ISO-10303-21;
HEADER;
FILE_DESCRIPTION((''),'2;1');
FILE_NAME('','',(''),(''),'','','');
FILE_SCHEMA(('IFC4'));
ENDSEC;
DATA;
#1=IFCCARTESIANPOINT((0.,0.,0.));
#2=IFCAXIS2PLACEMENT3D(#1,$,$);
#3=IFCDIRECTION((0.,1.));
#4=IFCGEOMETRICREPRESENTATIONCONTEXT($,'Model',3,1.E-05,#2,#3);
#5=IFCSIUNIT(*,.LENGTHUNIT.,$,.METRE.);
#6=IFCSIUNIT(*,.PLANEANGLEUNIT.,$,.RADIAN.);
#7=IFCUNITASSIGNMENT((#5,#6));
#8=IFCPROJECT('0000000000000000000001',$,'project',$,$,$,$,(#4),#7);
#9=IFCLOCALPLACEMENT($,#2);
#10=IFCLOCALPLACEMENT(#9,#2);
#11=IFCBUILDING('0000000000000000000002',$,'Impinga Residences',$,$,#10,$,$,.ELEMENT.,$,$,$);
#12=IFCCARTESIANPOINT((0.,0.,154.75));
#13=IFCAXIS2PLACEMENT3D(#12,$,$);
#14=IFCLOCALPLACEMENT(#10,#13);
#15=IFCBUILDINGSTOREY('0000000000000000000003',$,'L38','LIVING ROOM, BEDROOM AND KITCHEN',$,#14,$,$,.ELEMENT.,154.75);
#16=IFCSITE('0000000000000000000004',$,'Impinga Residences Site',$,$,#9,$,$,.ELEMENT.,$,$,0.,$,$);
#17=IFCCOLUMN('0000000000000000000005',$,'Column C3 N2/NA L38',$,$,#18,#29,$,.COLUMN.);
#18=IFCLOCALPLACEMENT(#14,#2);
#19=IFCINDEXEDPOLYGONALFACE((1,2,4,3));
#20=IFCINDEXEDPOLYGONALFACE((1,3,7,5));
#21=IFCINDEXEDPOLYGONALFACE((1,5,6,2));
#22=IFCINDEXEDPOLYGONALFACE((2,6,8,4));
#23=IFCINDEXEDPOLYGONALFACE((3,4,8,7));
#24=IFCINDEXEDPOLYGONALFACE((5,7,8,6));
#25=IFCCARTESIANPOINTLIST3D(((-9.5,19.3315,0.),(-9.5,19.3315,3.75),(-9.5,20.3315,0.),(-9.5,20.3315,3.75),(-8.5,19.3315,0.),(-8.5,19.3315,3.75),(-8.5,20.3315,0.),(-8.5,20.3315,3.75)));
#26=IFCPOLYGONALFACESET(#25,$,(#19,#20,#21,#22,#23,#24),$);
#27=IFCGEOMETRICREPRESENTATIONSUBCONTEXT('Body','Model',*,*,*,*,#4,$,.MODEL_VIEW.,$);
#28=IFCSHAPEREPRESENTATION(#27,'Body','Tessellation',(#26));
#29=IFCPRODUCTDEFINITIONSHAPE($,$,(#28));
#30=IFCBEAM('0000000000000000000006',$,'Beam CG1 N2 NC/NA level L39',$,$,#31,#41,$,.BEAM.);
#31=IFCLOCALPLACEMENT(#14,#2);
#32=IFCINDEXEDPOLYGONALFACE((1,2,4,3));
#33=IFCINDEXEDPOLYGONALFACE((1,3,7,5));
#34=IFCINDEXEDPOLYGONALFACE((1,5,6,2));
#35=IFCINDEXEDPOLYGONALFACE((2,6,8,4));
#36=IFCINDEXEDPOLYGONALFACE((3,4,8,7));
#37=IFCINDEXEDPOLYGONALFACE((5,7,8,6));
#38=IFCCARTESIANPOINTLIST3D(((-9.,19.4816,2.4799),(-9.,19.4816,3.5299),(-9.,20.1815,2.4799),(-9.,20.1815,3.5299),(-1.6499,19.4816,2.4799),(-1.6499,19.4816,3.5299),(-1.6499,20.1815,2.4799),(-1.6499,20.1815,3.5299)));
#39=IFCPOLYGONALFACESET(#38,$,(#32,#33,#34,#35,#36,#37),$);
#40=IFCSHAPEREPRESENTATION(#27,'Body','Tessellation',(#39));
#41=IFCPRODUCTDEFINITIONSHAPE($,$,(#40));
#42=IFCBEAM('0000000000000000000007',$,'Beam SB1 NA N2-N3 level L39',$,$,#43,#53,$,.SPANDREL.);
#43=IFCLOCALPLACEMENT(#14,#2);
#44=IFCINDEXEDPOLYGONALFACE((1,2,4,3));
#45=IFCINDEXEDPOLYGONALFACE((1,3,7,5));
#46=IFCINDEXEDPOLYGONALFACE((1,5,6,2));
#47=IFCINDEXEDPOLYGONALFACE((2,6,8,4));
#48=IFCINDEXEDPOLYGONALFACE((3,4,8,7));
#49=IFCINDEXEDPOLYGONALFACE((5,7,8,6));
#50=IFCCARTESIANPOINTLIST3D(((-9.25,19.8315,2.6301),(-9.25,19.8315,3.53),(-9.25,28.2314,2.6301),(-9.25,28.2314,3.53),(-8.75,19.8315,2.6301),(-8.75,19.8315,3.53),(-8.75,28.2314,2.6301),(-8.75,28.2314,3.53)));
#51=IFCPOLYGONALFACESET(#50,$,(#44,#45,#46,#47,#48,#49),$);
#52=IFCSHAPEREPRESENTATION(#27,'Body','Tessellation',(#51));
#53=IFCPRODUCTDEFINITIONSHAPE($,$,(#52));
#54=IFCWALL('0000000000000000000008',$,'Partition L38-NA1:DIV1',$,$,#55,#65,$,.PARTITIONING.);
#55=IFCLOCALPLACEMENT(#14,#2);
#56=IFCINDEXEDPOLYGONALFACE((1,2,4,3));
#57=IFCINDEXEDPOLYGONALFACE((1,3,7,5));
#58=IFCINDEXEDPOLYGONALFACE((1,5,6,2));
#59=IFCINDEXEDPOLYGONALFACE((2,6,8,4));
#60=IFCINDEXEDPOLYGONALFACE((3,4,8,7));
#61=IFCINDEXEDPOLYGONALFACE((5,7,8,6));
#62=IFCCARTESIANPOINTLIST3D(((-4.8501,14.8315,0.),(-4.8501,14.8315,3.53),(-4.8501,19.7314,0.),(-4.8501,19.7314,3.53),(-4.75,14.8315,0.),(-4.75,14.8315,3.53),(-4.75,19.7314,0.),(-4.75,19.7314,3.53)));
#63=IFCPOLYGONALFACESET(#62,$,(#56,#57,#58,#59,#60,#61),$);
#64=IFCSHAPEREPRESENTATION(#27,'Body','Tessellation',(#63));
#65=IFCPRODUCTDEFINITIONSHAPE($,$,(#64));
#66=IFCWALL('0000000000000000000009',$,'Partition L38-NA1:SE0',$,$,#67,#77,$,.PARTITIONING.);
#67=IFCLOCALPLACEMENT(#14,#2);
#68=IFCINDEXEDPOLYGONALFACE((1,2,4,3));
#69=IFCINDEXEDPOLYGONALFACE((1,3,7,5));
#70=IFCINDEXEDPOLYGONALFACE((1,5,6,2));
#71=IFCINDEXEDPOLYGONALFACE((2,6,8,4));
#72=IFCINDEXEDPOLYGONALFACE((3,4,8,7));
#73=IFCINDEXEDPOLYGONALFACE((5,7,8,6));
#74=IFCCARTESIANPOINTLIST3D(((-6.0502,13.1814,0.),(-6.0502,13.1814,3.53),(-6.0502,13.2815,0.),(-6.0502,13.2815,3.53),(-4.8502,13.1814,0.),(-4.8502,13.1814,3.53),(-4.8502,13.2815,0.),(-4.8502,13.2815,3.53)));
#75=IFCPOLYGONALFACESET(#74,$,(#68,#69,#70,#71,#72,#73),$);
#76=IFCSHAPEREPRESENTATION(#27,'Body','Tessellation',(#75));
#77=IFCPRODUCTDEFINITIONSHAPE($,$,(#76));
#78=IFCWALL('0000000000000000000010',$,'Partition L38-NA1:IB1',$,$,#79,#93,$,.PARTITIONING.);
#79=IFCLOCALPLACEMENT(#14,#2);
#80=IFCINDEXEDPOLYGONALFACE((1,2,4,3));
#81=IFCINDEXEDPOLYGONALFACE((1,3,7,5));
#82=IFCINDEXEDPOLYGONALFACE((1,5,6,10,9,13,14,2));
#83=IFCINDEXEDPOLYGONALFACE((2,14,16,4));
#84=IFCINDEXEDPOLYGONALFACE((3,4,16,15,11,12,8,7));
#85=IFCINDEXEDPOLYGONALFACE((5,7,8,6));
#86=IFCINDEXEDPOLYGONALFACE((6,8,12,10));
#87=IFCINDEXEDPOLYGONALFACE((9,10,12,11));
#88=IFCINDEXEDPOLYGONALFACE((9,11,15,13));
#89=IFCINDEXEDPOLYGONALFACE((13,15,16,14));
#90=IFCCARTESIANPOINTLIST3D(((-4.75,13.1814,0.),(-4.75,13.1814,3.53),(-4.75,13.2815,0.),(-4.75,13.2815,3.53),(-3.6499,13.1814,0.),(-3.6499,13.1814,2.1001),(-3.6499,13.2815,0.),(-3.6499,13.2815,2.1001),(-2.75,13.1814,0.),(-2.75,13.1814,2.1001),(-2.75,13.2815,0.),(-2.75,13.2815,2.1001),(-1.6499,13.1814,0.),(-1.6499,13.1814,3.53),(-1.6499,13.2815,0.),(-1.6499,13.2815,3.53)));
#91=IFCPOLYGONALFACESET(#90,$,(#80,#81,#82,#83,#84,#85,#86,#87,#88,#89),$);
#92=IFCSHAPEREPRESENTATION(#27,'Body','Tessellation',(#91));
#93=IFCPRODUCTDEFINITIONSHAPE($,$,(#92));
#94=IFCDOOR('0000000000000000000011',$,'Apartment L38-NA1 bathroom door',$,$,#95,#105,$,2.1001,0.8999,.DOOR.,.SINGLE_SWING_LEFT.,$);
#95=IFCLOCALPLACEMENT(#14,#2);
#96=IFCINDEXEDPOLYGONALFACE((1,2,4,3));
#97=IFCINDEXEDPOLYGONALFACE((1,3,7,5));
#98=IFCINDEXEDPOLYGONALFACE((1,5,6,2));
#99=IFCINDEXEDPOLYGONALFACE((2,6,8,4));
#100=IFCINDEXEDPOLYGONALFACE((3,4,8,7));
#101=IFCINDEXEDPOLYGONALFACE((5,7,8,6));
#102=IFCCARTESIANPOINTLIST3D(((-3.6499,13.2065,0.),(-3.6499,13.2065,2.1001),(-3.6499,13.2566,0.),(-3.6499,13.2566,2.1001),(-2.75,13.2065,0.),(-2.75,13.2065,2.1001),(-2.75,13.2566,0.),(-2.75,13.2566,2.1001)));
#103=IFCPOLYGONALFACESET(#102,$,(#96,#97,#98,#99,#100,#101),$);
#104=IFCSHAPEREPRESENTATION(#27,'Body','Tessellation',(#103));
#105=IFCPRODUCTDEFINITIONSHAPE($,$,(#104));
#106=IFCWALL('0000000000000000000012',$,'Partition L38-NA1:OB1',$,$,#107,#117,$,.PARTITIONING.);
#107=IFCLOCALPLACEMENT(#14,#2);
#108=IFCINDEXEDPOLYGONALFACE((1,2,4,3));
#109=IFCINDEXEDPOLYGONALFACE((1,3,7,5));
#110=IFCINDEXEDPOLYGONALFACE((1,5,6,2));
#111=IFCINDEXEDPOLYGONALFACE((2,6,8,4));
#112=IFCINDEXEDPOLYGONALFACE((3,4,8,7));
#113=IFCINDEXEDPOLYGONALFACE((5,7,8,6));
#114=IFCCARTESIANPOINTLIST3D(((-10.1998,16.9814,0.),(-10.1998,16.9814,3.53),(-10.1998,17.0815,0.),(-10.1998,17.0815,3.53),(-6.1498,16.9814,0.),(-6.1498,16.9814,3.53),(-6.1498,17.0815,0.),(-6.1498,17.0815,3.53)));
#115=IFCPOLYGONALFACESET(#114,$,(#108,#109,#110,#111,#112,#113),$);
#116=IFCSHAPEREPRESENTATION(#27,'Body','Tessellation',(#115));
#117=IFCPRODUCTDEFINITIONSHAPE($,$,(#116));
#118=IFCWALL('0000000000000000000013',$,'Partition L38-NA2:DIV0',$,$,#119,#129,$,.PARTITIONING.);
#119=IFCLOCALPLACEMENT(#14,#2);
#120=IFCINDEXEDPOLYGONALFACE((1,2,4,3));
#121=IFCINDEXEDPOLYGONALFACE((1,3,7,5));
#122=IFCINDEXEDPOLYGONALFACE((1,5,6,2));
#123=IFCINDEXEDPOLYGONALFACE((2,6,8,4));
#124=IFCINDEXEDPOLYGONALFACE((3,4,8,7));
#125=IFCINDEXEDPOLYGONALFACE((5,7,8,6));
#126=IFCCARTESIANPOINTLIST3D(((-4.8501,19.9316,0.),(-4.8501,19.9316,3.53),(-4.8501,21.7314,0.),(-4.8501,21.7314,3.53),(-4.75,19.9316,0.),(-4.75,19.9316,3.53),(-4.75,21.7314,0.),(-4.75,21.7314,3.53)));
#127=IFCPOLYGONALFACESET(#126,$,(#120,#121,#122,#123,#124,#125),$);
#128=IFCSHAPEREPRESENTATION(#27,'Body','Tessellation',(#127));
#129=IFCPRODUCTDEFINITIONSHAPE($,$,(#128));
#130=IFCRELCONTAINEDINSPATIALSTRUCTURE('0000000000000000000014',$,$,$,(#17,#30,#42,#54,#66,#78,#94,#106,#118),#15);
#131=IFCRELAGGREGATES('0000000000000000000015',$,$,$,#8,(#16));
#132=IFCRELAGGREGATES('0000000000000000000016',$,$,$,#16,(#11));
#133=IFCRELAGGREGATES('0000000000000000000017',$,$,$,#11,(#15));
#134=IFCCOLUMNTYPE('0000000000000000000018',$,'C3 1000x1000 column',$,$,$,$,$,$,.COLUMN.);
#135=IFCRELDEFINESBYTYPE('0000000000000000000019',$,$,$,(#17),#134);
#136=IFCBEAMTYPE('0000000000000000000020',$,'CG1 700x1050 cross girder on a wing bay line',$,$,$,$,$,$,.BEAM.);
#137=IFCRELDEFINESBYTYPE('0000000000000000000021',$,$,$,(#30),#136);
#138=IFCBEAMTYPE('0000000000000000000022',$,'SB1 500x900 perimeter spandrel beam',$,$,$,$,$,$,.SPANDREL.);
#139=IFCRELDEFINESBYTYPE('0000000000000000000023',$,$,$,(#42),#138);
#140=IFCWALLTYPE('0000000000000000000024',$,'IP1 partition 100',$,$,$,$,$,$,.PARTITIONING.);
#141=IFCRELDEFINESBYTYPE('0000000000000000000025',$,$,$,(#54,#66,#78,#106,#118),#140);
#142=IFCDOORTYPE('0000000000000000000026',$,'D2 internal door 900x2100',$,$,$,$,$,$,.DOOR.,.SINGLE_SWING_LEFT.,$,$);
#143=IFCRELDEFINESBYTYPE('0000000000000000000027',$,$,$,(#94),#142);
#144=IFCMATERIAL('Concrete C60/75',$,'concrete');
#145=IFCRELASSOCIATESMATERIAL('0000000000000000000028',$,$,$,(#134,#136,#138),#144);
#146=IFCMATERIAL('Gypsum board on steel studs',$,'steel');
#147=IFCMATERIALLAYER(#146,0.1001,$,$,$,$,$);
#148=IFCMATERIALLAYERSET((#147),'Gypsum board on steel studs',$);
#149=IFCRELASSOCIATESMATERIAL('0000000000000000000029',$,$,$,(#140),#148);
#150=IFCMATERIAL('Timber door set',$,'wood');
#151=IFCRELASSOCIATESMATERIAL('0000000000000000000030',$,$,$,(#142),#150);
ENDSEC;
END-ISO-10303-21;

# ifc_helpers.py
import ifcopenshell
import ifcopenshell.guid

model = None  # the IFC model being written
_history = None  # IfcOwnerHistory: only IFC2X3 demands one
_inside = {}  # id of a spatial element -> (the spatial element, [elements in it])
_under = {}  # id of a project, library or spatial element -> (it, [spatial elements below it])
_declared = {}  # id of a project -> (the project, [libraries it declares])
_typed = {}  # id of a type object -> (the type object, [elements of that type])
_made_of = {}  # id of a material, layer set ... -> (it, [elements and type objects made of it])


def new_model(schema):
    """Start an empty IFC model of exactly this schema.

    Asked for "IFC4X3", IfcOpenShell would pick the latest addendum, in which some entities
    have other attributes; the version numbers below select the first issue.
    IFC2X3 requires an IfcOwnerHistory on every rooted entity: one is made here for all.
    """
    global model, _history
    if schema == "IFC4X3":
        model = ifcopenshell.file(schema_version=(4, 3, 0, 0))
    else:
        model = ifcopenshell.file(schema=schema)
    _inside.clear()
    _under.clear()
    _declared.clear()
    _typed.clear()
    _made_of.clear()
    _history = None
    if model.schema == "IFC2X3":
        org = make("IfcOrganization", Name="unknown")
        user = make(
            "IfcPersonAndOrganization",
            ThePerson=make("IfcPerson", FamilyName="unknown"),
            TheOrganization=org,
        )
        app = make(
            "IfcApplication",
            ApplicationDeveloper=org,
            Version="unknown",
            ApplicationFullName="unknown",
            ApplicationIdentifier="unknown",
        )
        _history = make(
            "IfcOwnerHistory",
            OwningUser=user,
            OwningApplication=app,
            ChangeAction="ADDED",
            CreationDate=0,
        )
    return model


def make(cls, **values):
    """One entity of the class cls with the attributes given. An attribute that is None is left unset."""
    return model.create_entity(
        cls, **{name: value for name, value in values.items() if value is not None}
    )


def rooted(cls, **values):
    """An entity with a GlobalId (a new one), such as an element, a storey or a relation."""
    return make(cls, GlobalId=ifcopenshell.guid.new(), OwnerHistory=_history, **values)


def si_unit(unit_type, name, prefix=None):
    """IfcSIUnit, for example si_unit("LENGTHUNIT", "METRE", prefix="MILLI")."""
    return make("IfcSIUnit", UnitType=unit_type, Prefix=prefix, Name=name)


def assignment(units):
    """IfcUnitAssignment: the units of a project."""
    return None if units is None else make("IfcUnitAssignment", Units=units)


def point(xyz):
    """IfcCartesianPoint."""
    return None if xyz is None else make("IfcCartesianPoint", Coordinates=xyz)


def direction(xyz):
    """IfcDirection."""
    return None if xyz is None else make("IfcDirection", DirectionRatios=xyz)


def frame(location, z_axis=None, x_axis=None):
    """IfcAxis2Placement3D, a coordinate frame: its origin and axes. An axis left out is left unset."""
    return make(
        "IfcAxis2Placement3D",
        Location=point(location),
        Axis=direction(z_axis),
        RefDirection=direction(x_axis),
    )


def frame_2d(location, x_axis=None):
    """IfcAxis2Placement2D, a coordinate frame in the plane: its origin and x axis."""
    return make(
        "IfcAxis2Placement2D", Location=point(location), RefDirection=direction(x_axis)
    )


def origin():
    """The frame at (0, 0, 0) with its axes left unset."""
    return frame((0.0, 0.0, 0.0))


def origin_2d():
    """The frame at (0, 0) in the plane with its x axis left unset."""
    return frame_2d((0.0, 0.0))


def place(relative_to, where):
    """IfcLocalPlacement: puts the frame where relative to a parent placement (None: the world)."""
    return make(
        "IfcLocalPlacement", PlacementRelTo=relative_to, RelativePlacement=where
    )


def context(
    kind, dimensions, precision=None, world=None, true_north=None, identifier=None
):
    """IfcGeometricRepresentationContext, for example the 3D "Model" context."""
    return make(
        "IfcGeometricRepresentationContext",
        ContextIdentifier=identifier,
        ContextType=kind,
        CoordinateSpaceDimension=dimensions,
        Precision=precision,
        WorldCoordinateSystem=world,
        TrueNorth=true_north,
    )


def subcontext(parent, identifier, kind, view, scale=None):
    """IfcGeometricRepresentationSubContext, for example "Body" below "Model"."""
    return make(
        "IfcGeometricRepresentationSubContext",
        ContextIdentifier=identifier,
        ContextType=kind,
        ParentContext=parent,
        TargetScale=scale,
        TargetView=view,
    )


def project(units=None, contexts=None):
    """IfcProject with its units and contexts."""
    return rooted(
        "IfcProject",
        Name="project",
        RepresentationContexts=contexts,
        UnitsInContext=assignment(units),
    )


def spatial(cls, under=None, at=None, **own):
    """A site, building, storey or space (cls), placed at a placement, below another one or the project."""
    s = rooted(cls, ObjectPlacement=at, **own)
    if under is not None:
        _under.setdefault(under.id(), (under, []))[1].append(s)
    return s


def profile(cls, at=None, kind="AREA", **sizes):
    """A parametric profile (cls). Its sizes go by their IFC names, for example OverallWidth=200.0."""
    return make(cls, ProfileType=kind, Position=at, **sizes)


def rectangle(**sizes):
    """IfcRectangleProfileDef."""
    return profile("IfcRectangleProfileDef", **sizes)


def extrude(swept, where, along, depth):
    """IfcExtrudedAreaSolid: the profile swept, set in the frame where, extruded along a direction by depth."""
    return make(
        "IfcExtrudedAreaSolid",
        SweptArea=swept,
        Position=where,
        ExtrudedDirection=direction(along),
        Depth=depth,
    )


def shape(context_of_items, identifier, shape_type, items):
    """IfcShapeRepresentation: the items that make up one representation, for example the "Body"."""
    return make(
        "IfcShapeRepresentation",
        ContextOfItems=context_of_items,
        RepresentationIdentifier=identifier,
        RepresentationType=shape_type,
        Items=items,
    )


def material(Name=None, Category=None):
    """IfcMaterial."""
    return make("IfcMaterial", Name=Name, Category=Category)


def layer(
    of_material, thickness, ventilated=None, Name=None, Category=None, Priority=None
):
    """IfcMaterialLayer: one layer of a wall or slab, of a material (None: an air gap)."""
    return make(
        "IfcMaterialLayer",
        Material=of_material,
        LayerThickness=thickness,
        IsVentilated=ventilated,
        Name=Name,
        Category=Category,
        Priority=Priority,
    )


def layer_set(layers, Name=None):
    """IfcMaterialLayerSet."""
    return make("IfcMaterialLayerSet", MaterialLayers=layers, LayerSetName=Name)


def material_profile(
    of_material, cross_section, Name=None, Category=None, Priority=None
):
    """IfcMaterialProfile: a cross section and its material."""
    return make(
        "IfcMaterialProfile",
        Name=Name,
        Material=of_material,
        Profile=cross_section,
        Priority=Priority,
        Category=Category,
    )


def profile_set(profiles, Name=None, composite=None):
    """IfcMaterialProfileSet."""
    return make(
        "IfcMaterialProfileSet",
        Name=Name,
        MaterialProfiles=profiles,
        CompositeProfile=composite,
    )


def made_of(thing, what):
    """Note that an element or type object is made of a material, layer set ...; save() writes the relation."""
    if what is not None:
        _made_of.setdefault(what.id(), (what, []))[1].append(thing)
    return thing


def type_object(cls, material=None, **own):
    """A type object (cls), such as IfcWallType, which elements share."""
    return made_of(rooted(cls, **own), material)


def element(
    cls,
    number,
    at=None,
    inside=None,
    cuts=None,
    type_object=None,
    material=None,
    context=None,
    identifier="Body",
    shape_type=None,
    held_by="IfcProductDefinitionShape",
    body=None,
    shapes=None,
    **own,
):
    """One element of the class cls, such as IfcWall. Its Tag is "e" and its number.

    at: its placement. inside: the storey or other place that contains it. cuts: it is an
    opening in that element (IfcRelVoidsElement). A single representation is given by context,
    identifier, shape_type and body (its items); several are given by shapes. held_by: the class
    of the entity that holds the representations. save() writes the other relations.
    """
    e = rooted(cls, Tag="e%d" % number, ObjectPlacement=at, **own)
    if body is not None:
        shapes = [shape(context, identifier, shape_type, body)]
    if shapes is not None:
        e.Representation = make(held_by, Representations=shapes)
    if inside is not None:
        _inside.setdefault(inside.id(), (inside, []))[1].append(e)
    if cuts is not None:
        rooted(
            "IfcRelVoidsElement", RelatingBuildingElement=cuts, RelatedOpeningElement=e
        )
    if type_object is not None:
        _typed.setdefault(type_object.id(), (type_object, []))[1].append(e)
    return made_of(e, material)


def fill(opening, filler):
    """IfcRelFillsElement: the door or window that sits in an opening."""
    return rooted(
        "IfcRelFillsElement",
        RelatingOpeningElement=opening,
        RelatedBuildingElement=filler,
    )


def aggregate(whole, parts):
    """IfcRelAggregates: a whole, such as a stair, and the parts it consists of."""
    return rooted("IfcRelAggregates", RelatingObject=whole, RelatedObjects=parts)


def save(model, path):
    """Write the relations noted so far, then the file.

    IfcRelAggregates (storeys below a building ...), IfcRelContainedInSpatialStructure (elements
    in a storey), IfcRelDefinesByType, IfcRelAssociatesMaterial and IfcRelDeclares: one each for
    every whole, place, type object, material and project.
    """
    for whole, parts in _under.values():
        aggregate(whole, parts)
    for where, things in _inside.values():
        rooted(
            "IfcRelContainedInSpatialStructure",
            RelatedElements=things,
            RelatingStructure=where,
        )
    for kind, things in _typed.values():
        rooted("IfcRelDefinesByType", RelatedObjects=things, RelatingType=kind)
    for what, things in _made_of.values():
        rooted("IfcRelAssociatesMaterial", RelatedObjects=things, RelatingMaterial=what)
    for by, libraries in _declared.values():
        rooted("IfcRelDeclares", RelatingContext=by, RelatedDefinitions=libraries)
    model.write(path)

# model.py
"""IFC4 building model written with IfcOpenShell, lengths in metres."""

from ifc_helpers import new_model, si_unit, direction, frame, frame_2d, origin, origin_2d, place, context, subcontext, project, spatial, rectangle, extrude, material, layer, layer_set, material_profile, profile_set, type_object, element, fill, save


model = new_model("IFC4")

# Units and contexts
model_context = context("Model", 3, precision=1e-05, world=origin(), true_north=direction((0.0, 1.0)))
body_context = subcontext(model_context, "Body", "Model", "MODEL_VIEW")
ifc_project = project(units=[si_unit("LENGTHUNIT", "METRE"), si_unit("PLANEANGLEUNIT", "RADIAN")], contexts=[model_context])

# Site, building, storey
site_placement = place(None, origin())
site = spatial("IfcSite", under=ifc_project, at=site_placement, Name="Impinga Residences Site", CompositionType="ELEMENT", RefElevation=0.0)
building_placement = place(site_placement, origin())
building = spatial("IfcBuilding", under=site, at=building_placement, Name="Impinga Residences", CompositionType="ELEMENT")
storey_placement = place(building_placement, frame((0.0, 0.0, 154.75)))
storey = spatial("IfcBuildingStorey", under=building, at=storey_placement, Name="L38", Description="LIVING ROOM, BEDROOM AND KITCHEN", CompositionType="ELEMENT", Elevation=154.75)

# Column
ifc_material_1 = material(Name="Concrete C60/75", Category="concrete")
ifc_material_profile_1 = material_profile(ifc_material_1, rectangle(XDim=1.0, YDim=1.0, at=origin_2d()), Name="RC 1000x1000")
ifc_profile_set_1 = profile_set([ifc_material_profile_1], Name="Concrete C60/75")
column_type = type_object("IfcColumnType", Name="C3 1000x1000 column", PredefinedType="COLUMN", material=ifc_profile_set_1)
column_placement = place(storey_placement, frame((-9.0, 19.8315, 0.0), z_axis=(0.0, 0.0, 1.0), x_axis=(1.0, 0.0, 0.0)))
element("IfcColumn", 1, at=column_placement, inside=storey, type_object=column_type, Name="Column C3 N2/NA L38", PredefinedType="COLUMN", context=body_context, shape_type="SweptSolid", body=[
    extrude(rectangle(XDim=1.0, YDim=1.0, at=origin_2d()), origin(), (0.0, 0.0, 1.0), 3.75),
])

# Beams
ifc_material_profile_2 = material_profile(ifc_material_1, rectangle(XDim=0.7, YDim=1.05, at=origin_2d()), Name="RC 700x1050")
ifc_profile_set_2 = profile_set([ifc_material_profile_2], Name="Concrete C60/75")
beam_type_1 = type_object("IfcBeamType", Name="CG1 700x1050 cross girder on a wing bay line", PredefinedType="BEAM", material=ifc_profile_set_2)
beam_1_placement = place(storey_placement, frame((-1.6499, 19.8315, 3.0049), z_axis=(-1.0, 0.0, 0.0), x_axis=(0.0, -1.0, 0.0)))
element("IfcBeam", 2, at=beam_1_placement, inside=storey, type_object=beam_type_1, Name="Beam CG1 N2 NC/NA level L39", PredefinedType="BEAM", context=body_context, shape_type="SweptSolid", body=[
    extrude(rectangle(XDim=0.7, YDim=1.05, at=origin_2d()), origin(), (0.0, 0.0, 1.0), 7.3501),
])
ifc_material_profile_3 = material_profile(ifc_material_1, rectangle(XDim=0.5, YDim=0.8999, at=origin_2d()), Name="RC 500x900")
ifc_profile_set_3 = profile_set([ifc_material_profile_3], Name="Concrete C60/75")
beam_type_2 = type_object("IfcBeamType", Name="SB1 500x900 perimeter spandrel beam", PredefinedType="SPANDREL", material=ifc_profile_set_3)
beam_2_placement = place(storey_placement, frame((-9.0, 19.8315, 3.0801), z_axis=(0.0, 1.0, 0.0), x_axis=(-1.0, 0.0, 0.0)))
element("IfcBeam", 3, at=beam_2_placement, inside=storey, type_object=beam_type_2, Name="Beam SB1 NA N2-N3 level L39", PredefinedType="SPANDREL", context=body_context, shape_type="SweptSolid", body=[
    extrude(rectangle(XDim=0.5, YDim=0.8999, at=origin_2d()), origin(), (0.0, 0.0, 1.0), 8.3999),
])

# Walls
ifc_material_2 = material(Name="Gypsum board on steel studs", Category="steel")
ifc_layer_1 = layer(ifc_material_2, 0.1001)
ifc_layer_set_1 = layer_set([ifc_layer_1], Name="Gypsum board on steel studs")
wall_type_1 = type_object("IfcWallType", Name="IP1 partition 100", PredefinedType="PARTITIONING", material=ifc_layer_set_1)
wall_1_placement = place(storey_placement, frame((-4.8, 14.8315, 0.0), z_axis=(0.0, 0.0, 1.0), x_axis=(0.0, 1.0, 0.0)))
element("IfcWall", 4, at=wall_1_placement, inside=storey, type_object=wall_type_1, Name="Partition L38-NA1:DIV1", PredefinedType="PARTITIONING", context=body_context, shape_type="SweptSolid", body=[
    extrude(rectangle(XDim=4.8999, YDim=0.1001, at=frame_2d((2.45, 0.0))), origin(), (0.0, 0.0, 1.0), 3.53),
])
wall_2_placement = place(storey_placement, frame((-4.8501, 13.2314, 0.0), z_axis=(0.0, 0.0, 1.0), x_axis=(-1.0, 0.0, 0.0)))
element("IfcWall", 5, at=wall_2_placement, inside=storey, type_object=wall_type_1, Name="Partition L38-NA1:SE0", PredefinedType="PARTITIONING", context=body_context, shape_type="SweptSolid", body=[
    extrude(rectangle(XDim=1.2, YDim=0.1001, at=frame_2d((0.6001, 0.0))), origin(), (0.0, 0.0, 1.0), 3.53),
])

# Wall, opening, door
wall_3_placement = place(storey_placement, frame((-1.6499, 13.2314, 0.0), z_axis=(0.0, 0.0, 1.0), x_axis=(-1.0, 0.0, 0.0)))
wall_3 = element("IfcWall", 6, at=wall_3_placement, inside=storey, type_object=wall_type_1, Name="Partition L38-NA1:IB1", PredefinedType="PARTITIONING", context=body_context, shape_type="SweptSolid", body=[
    extrude(rectangle(XDim=3.1001, YDim=0.1001, at=frame_2d((1.55, 0.0))), origin(), (0.0, 0.0, 1.0), 3.53),
])
opening_1_placement = place(wall_3_placement, frame((1.1001, 0.0, 0.0)))
opening_1 = element("IfcOpeningElement", 7, at=opening_1_placement, cuts=wall_3, PredefinedType="OPENING", context=body_context, shape_type="SweptSolid", body=[
    extrude(rectangle(XDim=0.8999, YDim=2.1001, at=frame_2d((0.45, 1.05))), frame((0.0, 0.0601, 0.0), z_axis=(0.0, -1.0, 0.0), x_axis=(1.0, 0.0, 0.0)), (0.0, 0.0, 1.0), 0.1201),
])
ifc_material_3 = material(Name="Timber door set", Category="wood")
door_type = type_object("IfcDoorType", Name="D2 internal door 900x2100", OperationType="SINGLE_SWING_LEFT", PredefinedType="DOOR", material=ifc_material_3)
door_1_placement = place(opening_1_placement, origin())
door_1 = element("IfcDoor", 8, at=door_1_placement, inside=storey, type_object=door_type, Name="Apartment L38-NA1 bathroom door", OperationType="SINGLE_SWING_LEFT", OverallHeight=2.1001, OverallWidth=0.8999, PredefinedType="DOOR", context=body_context, shape_type="SweptSolid", body=[
    extrude(rectangle(XDim=0.8999, YDim=2.1001, at=frame_2d((0.45, 1.05))), frame((0.0, 0.0249, 0.0), z_axis=(0.0, -1.0, 0.0), x_axis=(1.0, 0.0, 0.0)), (0.0, 0.0, 1.0), 0.05),
])
fill(opening_1, door_1)

# Walls
wall_4_placement = place(storey_placement, frame((-6.1499, 17.0315, 0.0), z_axis=(0.0, 0.0, 1.0), x_axis=(-1.0, 0.0, 0.0)))
element("IfcWall", 9, at=wall_4_placement, inside=storey, type_object=wall_type_1, Name="Partition L38-NA1:OB1", PredefinedType="PARTITIONING", context=body_context, shape_type="SweptSolid", body=[
    extrude(rectangle(XDim=4.05, YDim=0.1001, at=frame_2d((2.0249, 0.0))), origin(), (0.0, 0.0, 1.0), 3.53),
])
wall_5_placement = place(storey_placement, frame((-4.8, 19.9316, 0.0), z_axis=(0.0, 0.0, 1.0), x_axis=(0.0, 1.0, 0.0)))
element("IfcWall", 10, at=wall_5_placement, inside=storey, type_object=wall_type_1, Name="Partition L38-NA2:DIV0", PredefinedType="PARTITIONING", context=body_context, shape_type="SweptSolid", body=[
    extrude(rectangle(XDim=1.7998, YDim=0.1001, at=frame_2d((0.8999, 0.0))), origin(), (0.0, 0.0, 1.0), 3.53),
])

save(model, "model.ifc")
